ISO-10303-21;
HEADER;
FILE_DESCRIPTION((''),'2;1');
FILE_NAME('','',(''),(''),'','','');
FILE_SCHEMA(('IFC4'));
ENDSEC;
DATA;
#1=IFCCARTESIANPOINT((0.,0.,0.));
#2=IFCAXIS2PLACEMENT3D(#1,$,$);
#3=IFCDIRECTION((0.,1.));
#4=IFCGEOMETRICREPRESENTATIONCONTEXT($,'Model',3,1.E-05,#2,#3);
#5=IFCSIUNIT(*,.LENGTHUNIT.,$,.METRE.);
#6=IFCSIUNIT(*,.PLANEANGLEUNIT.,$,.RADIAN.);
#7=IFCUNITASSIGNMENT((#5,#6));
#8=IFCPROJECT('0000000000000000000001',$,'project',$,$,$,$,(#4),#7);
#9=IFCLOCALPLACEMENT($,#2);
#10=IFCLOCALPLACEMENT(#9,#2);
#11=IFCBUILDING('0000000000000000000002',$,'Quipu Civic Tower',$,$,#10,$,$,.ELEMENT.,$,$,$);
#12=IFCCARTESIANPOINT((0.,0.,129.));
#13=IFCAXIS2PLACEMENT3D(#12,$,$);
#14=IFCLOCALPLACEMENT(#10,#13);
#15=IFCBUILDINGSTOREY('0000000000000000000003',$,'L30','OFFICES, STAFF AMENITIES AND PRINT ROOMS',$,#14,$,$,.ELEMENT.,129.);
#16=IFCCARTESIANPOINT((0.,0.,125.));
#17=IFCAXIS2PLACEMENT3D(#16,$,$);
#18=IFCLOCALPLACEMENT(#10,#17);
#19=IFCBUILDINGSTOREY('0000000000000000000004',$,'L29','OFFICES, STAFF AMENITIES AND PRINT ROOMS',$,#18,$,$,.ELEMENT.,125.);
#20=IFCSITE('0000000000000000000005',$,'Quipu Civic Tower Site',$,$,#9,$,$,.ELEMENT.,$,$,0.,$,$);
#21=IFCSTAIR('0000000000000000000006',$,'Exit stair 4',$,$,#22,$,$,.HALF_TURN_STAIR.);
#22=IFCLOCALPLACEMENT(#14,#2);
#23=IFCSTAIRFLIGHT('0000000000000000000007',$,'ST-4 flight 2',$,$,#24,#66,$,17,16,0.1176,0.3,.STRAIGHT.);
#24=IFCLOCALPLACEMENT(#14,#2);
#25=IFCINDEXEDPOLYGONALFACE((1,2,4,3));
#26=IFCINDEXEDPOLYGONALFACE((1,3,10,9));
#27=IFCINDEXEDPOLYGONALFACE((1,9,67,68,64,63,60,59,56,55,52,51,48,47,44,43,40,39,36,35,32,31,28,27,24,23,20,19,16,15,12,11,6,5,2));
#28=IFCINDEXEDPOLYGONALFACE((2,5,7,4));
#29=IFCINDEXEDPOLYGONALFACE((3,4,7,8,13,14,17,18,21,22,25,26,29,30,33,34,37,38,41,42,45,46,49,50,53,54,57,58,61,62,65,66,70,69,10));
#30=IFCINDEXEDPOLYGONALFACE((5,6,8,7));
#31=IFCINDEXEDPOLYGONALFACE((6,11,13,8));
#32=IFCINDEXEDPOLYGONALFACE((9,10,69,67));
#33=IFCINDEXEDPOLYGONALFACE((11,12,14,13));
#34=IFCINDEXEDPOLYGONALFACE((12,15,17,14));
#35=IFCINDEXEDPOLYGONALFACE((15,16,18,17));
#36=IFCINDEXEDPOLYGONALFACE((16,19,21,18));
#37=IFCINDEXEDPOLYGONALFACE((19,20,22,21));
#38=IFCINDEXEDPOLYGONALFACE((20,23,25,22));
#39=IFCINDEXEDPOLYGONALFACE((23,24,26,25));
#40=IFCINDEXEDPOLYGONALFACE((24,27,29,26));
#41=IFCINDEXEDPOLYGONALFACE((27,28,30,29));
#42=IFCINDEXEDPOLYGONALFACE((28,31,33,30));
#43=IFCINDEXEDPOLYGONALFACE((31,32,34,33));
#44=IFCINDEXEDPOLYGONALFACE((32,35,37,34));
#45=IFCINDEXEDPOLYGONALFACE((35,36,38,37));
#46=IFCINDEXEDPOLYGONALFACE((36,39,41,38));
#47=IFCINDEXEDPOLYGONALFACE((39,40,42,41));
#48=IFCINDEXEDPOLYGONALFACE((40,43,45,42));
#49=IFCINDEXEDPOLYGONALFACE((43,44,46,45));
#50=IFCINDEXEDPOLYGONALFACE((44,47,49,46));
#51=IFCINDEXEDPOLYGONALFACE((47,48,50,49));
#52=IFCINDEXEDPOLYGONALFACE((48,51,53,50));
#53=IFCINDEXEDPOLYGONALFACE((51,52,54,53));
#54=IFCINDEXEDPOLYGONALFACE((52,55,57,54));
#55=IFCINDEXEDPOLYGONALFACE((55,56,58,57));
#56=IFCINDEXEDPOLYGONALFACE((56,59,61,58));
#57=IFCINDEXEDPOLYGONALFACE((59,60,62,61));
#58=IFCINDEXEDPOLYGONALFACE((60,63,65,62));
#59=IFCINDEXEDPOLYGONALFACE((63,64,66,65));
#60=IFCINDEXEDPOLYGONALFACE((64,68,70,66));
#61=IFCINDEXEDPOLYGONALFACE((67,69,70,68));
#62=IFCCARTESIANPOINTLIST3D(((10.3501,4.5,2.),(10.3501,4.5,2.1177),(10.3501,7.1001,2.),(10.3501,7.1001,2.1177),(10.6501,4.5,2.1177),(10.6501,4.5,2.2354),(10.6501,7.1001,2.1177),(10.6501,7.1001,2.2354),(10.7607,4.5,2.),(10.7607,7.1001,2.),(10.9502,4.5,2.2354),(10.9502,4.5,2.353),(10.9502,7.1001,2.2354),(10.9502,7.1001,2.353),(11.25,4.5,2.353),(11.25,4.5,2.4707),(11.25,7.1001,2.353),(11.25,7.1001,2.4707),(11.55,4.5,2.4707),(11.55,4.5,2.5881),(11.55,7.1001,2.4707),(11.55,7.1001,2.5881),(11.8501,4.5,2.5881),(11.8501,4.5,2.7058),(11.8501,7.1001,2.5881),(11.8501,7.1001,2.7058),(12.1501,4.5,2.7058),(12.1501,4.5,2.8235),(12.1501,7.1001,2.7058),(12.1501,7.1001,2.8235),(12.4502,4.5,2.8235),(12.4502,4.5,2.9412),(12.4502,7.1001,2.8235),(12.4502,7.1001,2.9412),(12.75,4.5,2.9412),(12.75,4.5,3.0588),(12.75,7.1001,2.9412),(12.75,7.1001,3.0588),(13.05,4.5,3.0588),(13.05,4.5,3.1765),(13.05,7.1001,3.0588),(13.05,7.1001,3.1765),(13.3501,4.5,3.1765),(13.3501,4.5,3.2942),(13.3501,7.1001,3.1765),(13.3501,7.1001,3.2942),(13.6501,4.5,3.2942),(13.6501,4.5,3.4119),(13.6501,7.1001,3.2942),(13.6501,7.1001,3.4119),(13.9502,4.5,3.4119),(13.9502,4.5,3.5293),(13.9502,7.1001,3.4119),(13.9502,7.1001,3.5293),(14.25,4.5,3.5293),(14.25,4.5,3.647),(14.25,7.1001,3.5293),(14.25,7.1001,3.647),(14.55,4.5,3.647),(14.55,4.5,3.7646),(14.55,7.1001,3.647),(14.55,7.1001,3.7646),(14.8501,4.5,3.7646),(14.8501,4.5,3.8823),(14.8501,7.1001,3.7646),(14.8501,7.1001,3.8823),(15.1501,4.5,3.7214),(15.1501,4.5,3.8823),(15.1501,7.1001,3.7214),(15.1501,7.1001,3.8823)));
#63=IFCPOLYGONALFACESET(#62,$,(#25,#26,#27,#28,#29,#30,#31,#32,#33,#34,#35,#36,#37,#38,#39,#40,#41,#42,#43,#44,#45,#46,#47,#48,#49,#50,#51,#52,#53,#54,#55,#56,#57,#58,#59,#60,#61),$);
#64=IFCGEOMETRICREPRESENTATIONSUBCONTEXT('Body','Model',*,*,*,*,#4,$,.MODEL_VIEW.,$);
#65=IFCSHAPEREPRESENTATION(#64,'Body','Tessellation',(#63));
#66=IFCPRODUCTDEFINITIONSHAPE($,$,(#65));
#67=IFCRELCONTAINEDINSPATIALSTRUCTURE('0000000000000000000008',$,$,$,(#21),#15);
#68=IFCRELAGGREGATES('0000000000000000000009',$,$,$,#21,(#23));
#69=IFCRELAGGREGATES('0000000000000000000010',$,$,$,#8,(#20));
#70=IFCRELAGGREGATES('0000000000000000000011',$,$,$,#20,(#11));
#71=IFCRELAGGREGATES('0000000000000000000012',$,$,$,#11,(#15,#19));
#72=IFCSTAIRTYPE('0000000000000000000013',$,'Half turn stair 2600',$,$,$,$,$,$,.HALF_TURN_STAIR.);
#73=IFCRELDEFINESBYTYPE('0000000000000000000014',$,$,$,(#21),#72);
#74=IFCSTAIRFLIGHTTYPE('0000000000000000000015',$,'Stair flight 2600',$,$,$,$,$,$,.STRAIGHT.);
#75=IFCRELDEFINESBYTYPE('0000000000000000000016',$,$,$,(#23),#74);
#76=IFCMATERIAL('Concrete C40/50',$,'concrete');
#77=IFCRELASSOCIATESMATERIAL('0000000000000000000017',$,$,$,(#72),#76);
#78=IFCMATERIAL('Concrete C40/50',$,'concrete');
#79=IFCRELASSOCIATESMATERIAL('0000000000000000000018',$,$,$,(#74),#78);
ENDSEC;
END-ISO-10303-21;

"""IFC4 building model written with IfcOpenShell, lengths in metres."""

from ifc_helpers import new_model, si_unit, direction, frame, origin, place, context, subcontext, project, spatial, polyline, outline, extrude, material, type_object, element, aggregate, save


model = new_model("IFC4")

# Units and contexts
model_context = context("Model", 3, precision=1e-05, world=origin(), true_north=direction((0.0, 1.0)))
body_context = subcontext(model_context, "Body", "Model", "MODEL_VIEW")
ifc_project = project(units=[si_unit("LENGTHUNIT", "METRE"), si_unit("PLANEANGLEUNIT", "RADIAN")], contexts=[model_context])

# Site, building, storey
site_placement = place(None, origin())
site = spatial("IfcSite", under=ifc_project, at=site_placement, Name="Quipu Civic Tower Site", CompositionType="ELEMENT", RefElevation=0.0)
building_placement = place(site_placement, origin())
building = spatial("IfcBuilding", under=site, at=building_placement, Name="Quipu Civic Tower", CompositionType="ELEMENT")
storey_1_placement = place(building_placement, frame((0.0, 0.0, 129.0)))
storey_1 = spatial("IfcBuildingStorey", under=building, at=storey_1_placement, Name="L30", Description="OFFICES, STAFF AMENITIES AND PRINT ROOMS", CompositionType="ELEMENT", Elevation=129.0)

# Shared definitions
storey_2_placement = place(building_placement, frame((0.0, 0.0, 125.0)))
storey_2 = spatial("IfcBuildingStorey", under=building, at=storey_2_placement, Name="L29", Description="OFFICES, STAFF AMENITIES AND PRINT ROOMS", CompositionType="ELEMENT", Elevation=125.0)

# Stair, stair flight
ifc_material_1 = material(Name="Concrete C40/50", Category="concrete")
stair_type = type_object("IfcStairType", Name="Half turn stair 2600", PredefinedType="HALF_TURN_STAIR", material=ifc_material_1)
stair_placement = place(storey_1_placement, origin())
stair = element("IfcStair", 1, at=stair_placement, inside=storey_1, type_object=stair_type, Name="Exit stair 4", PredefinedType="HALF_TURN_STAIR")
ifc_material_2 = material(Name="Concrete C40/50", Category="concrete")
stair_flight_type = type_object("IfcStairFlightType", Name="Stair flight 2600", PredefinedType="STRAIGHT", material=ifc_material_2)
stair_flight_1_placement = place(storey_1_placement, frame((10.3501, 5.8, 2.0), z_axis=(0.0, 0.0, 1.0), x_axis=(1.0, 0.0, 0.0)))
stair_flight_1 = element("IfcStairFlight", 2, at=stair_flight_1_placement, type_object=stair_flight_type, Name="ST-4 flight 2", NumberOfRisers=17, NumberOfTreads=16, PredefinedType="STRAIGHT", RiserHeight=0.1176, TreadLength=0.3, context=body_context, shape_type="SweptSolid", body=[
    extrude(outline(polyline([(0.0, 0.0), (0.0, 0.1177), (0.3, 0.1177), (0.3, 0.2354), (0.6001, 0.2354), (0.6001, 0.353), (0.8999, 0.353), (0.8999, 0.4707), (1.2, 0.4707), (1.2, 0.5881), (1.5, 0.5881), (1.5, 0.7058), (1.8, 0.7058), (1.8, 0.8235), (2.1001, 0.8235), (2.1001, 0.9412), (2.3999, 0.9412), (2.3999, 1.0588), (2.7, 1.0588), (2.7, 1.1765), (3.0, 1.1765), (3.0, 1.2942), (3.3, 1.2942), (3.3, 1.4119), (3.6001, 1.4119), (3.6001, 1.5293), (3.8999, 1.5293), (3.8999, 1.647), (4.2, 1.647), (4.2, 1.7646), (4.5, 1.7646), (4.5, 1.8823), (4.8, 1.8823), (4.8, 2.0), (4.8, 1.7214), (0.4106, 0.0), (0.0, 0.0)])), frame((0.0, 1.3, 0.0), z_axis=(0.0, -1.0, 0.0), x_axis=(1.0, 0.0, 0.0)), (0.0, 0.0, 1.0), 2.6001),
])
aggregate(stair, [stair_flight_1])

save(model, "model.ifc")
